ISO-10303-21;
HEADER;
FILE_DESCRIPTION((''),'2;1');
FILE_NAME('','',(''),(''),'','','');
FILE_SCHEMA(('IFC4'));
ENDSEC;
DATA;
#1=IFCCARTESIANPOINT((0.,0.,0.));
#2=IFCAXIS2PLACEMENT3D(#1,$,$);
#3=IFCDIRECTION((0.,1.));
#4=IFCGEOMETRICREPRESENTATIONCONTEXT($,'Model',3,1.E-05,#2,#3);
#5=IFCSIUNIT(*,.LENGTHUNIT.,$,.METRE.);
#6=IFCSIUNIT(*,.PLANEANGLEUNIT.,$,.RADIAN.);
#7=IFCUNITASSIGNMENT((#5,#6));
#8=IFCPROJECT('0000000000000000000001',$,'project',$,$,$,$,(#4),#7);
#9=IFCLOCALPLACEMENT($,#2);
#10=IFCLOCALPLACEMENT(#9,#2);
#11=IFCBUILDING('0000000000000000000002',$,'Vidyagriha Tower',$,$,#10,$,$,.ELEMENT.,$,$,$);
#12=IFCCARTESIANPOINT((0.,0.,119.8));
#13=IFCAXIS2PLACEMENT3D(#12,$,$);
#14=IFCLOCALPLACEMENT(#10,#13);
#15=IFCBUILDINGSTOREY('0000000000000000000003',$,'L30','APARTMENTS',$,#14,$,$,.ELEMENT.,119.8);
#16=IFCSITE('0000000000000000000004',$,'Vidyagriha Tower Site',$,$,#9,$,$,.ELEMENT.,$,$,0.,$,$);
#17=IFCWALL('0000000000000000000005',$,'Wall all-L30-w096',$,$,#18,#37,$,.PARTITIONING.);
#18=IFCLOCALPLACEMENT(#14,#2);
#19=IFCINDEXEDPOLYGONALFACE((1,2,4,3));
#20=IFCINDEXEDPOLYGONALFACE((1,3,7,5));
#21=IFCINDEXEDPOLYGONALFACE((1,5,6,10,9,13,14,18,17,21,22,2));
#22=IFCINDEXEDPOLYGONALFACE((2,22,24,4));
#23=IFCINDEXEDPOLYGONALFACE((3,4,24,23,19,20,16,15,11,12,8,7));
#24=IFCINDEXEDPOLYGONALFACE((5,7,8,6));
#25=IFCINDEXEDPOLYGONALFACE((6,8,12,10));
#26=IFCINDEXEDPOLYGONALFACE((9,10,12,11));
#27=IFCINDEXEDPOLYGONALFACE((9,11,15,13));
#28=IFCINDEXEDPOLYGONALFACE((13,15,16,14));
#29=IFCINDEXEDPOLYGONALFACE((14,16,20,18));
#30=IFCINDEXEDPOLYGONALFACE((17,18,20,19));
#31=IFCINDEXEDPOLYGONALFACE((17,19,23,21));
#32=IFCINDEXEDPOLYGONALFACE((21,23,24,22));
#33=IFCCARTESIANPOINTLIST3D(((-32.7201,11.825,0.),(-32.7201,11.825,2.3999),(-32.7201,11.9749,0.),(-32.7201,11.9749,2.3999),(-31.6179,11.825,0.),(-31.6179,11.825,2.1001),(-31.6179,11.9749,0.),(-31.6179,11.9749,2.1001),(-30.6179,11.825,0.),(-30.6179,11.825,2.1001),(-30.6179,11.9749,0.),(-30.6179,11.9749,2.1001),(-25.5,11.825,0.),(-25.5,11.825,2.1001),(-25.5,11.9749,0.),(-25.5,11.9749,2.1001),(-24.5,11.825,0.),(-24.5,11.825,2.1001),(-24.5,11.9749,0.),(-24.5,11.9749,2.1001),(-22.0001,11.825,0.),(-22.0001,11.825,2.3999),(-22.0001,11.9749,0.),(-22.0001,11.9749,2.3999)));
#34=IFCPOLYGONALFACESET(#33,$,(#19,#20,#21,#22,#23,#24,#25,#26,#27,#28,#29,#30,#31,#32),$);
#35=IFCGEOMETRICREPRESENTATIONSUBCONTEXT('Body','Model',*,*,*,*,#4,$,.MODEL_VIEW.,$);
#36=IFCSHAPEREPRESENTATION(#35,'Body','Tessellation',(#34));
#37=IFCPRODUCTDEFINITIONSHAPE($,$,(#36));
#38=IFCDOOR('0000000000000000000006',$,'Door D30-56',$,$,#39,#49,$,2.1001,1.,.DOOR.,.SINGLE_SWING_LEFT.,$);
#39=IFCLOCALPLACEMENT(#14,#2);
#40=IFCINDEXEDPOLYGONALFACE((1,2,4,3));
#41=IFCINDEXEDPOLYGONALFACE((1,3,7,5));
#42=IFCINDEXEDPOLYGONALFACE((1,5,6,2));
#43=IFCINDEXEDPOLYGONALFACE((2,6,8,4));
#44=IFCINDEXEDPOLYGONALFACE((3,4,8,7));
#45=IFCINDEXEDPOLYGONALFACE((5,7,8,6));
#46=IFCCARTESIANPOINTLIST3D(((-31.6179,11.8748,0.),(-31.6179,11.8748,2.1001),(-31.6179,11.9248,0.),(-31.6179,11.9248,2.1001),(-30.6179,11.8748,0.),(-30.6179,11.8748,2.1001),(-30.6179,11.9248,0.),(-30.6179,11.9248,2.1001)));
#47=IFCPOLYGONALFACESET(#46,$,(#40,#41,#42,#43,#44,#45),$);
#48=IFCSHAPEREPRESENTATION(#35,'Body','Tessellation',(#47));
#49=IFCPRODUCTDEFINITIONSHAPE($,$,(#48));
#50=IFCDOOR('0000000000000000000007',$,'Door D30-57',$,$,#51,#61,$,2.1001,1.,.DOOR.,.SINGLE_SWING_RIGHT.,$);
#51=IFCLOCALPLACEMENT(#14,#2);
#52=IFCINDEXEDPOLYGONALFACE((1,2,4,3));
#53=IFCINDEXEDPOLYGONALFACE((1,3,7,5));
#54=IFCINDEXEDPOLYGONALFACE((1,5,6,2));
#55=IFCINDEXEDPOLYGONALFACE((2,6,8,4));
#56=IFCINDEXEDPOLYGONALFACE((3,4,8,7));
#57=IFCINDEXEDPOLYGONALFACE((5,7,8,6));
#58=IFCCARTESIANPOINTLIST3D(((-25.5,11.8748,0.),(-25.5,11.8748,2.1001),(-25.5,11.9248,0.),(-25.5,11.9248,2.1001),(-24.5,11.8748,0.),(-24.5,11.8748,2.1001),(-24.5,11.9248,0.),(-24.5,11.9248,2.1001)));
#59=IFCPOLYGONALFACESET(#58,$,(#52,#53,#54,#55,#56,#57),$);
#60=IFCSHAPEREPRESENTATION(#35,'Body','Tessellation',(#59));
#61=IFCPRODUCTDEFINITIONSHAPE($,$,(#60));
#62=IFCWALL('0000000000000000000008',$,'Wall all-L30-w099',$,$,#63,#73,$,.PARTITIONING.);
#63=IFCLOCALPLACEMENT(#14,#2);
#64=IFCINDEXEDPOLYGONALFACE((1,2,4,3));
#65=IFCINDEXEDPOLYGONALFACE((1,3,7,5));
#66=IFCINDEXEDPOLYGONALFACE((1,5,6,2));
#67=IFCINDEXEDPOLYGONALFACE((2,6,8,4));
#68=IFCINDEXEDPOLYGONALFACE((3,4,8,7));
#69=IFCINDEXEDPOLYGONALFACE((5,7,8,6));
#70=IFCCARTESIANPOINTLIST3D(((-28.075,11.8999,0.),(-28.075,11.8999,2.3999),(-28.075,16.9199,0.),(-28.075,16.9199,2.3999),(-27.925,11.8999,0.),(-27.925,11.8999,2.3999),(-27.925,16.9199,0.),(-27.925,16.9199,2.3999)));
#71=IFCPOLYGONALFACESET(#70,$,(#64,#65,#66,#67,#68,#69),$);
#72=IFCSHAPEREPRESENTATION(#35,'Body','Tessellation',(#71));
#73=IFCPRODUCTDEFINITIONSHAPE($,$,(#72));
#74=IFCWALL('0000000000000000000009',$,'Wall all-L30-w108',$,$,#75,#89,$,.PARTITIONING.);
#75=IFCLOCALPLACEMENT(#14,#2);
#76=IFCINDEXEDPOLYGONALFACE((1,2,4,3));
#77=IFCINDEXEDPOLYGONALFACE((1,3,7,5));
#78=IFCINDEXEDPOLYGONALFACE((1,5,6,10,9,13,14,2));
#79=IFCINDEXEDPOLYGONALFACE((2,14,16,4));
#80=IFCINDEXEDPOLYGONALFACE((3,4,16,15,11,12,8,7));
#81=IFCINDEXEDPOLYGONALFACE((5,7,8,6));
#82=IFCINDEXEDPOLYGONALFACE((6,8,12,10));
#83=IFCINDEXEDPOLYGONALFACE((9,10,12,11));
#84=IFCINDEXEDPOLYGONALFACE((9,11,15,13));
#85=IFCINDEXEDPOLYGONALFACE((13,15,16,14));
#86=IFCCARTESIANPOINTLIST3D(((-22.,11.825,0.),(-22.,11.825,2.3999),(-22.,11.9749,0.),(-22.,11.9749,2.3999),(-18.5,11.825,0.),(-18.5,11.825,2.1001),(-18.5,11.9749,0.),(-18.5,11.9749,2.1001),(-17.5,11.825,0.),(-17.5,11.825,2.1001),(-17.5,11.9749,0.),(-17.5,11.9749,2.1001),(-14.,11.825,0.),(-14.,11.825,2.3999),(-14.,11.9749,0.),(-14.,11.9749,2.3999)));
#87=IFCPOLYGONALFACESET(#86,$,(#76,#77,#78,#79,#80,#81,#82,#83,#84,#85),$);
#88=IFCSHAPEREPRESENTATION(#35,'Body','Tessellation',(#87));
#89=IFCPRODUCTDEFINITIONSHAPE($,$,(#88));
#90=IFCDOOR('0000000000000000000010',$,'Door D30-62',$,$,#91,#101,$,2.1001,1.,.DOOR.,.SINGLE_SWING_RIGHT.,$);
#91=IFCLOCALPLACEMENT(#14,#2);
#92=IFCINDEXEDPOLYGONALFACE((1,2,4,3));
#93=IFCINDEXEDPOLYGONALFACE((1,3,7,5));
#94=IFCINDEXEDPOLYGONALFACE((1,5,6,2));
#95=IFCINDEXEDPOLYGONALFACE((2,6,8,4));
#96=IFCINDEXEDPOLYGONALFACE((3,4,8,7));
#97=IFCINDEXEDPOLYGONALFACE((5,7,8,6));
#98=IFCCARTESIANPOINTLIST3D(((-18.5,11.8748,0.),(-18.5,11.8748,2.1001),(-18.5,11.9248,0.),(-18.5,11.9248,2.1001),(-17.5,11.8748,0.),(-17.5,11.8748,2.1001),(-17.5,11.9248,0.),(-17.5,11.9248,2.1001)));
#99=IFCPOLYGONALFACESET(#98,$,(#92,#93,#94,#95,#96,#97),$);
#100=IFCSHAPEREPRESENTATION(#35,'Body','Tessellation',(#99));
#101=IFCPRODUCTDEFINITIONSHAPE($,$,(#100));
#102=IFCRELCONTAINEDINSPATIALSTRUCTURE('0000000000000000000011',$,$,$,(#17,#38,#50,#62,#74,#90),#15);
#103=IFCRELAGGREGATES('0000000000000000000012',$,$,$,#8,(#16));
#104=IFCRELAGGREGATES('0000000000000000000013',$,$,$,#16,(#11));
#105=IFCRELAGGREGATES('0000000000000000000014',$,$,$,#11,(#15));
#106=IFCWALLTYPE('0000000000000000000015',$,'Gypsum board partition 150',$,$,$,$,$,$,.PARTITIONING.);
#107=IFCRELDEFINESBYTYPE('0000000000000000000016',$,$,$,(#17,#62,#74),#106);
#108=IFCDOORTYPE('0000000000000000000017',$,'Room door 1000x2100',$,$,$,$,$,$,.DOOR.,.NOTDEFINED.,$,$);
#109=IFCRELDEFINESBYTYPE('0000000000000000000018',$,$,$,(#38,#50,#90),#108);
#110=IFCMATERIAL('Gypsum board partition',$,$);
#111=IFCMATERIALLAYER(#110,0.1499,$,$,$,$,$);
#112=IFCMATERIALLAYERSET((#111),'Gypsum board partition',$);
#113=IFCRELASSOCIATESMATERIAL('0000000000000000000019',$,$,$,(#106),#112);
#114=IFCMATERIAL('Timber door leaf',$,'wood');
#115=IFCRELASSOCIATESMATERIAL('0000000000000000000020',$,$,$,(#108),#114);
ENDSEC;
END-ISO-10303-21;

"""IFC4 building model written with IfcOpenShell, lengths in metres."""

from ifc_helpers import new_model, si_unit, direction, frame, frame_2d, origin, place, context, subcontext, project, spatial, rectangle, extrude, material, layer, layer_set, type_object, element, fill, save


model = new_model("IFC4")

# Units and contexts
model_context = context("Model", 3, precision=1e-05, world=origin(), true_north=direction((0.0, 1.0)))
body_context = subcontext(model_context, "Body", "Model", "MODEL_VIEW")
ifc_project = project(units=[si_unit("LENGTHUNIT", "METRE"), si_unit("PLANEANGLEUNIT", "RADIAN")], contexts=[model_context])

# Site, building, storey
site_placement = place(None, origin())
site = spatial("IfcSite", under=ifc_project, at=site_placement, Name="Vidyagriha Tower Site", CompositionType="ELEMENT", RefElevation=0.0)
building_placement = place(site_placement, origin())
building = spatial("IfcBuilding", under=site, at=building_placement, Name="Vidyagriha Tower", CompositionType="ELEMENT")
storey_placement = place(building_placement, frame((0.0, 0.0, 119.8)))
storey = spatial("IfcBuildingStorey", under=building, at=storey_placement, Name="L30", Description="APARTMENTS", CompositionType="ELEMENT", Elevation=119.8)

# Wall, openings, doors
ifc_material_1 = material(Name="Gypsum board partition")
ifc_layer_1 = layer(ifc_material_1, 0.1499)
ifc_layer_set_1 = layer_set([ifc_layer_1], Name="Gypsum board partition")
wall_type_1 = type_object("IfcWallType", Name="Gypsum board partition 150", PredefinedType="PARTITIONING", material=ifc_layer_set_1)
wall_1_placement = place(storey_placement, frame((-32.72, 11.8999, 0.0)))
wall_1 = element("IfcWall", 1, at=wall_1_placement, inside=storey, type_object=wall_type_1, Name="Wall all-L30-w096", PredefinedType="PARTITIONING", context=body_context, shape_type="SweptSolid", body=[
    extrude(rectangle(XDim=10.72, YDim=0.1499, at=frame_2d((5.3599, 0.0))), origin(), (0.0, 0.0, 1.0), 2.3999),
])
opening_1_placement = place(wall_1_placement, frame((1.1021, 0.0, 0.0)))
opening_1 = element("IfcOpeningElement", 2, at=opening_1_placement, cuts=wall_1, PredefinedType="OPENING", context=body_context, shape_type="SweptSolid", body=[
    extrude(rectangle(XDim=1.0, YDim=2.1001, at=frame_2d((0.5, 1.05))), frame((0.0, 0.085, 0.0), z_axis=(0.0, -1.0, 0.0), x_axis=(1.0, 0.0, 0.0)), (0.0, 0.0, 1.0), 0.1699),
])
opening_2_placement = place(wall_1_placement, frame((7.22, 0.0, 0.0)))
opening_2 = element("IfcOpeningElement", 3, at=opening_2_placement, cuts=wall_1, PredefinedType="OPENING", context=body_context, shape_type="SweptSolid", body=[
    extrude(rectangle(XDim=1.0, YDim=2.1001, at=frame_2d((0.5, 1.05))), frame((0.0, 0.085, 0.0), z_axis=(0.0, -1.0, 0.0), x_axis=(1.0, 0.0, 0.0)), (0.0, 0.0, 1.0), 0.1699),
])
ifc_material_2 = material(Name="Timber door leaf", Category="wood")
door_type = type_object("IfcDoorType", Name="Room door 1000x2100", OperationType="NOTDEFINED", PredefinedType="DOOR", material=ifc_material_2)
door_1_placement = place(opening_1_placement, origin())
door_1 = element("IfcDoor", 4, at=door_1_placement, inside=storey, type_object=door_type, Name="Door D30-56", OperationType="SINGLE_SWING_LEFT", OverallHeight=2.1001, OverallWidth=1.0, PredefinedType="DOOR", context=body_context, shape_type="SweptSolid", body=[
    extrude(rectangle(XDim=1.0, YDim=2.1001, at=frame_2d((0.5, 1.05))), frame((0.0, 0.0249, 0.0), z_axis=(0.0, -1.0, 0.0), x_axis=(1.0, 0.0, 0.0)), (0.0, 0.0, 1.0), 0.05),
])
fill(opening_1, door_1)
door_2_placement = place(opening_2_placement, origin())
door_2 = element("IfcDoor", 5, at=door_2_placement, inside=storey, type_object=door_type, Name="Door D30-57", OperationType="SINGLE_SWING_RIGHT", OverallHeight=2.1001, OverallWidth=1.0, PredefinedType="DOOR", context=body_context, shape_type="SweptSolid", body=[
    extrude(rectangle(XDim=1.0, YDim=2.1001, at=frame_2d((0.5, 1.05))), frame((0.0, 0.0249, 0.0), z_axis=(0.0, -1.0, 0.0), x_axis=(1.0, 0.0, 0.0)), (0.0, 0.0, 1.0), 0.05),
])
fill(opening_2, door_2)

# Wall
wall_2_placement = place(storey_placement, frame((-28.0, 16.9199, 0.0), z_axis=(0.0, 0.0, 1.0), x_axis=(0.0, -1.0, 0.0)))
element("IfcWall", 6, at=wall_2_placement, inside=storey, type_object=wall_type_1, Name="Wall all-L30-w099", PredefinedType="PARTITIONING", context=body_context, shape_type="SweptSolid", body=[
    extrude(rectangle(XDim=5.02, YDim=0.1499, at=frame_2d((2.51, 0.0))), origin(), (0.0, 0.0, 1.0), 2.3999),
])

# Wall, opening, door
wall_3_placement = place(storey_placement, frame((-22.0, 11.8999, 0.0)))
wall_3 = element("IfcWall", 7, at=wall_3_placement, inside=storey, type_object=wall_type_1, Name="Wall all-L30-w108", PredefinedType="PARTITIONING", context=body_context, shape_type="SweptSolid", body=[
    extrude(rectangle(XDim=8.0, YDim=0.1499, at=frame_2d((4.0, 0.0))), origin(), (0.0, 0.0, 1.0), 2.3999),
])
opening_3_placement = place(wall_3_placement, frame((3.5, 0.0, 0.0)))
opening_3 = element("IfcOpeningElement", 8, at=opening_3_placement, cuts=wall_3, PredefinedType="OPENING", context=body_context, shape_type="SweptSolid", body=[
    extrude(rectangle(XDim=1.0, YDim=2.1001, at=frame_2d((0.5, 1.05))), frame((0.0, 0.085, 0.0), z_axis=(0.0, -1.0, 0.0), x_axis=(1.0, 0.0, 0.0)), (0.0, 0.0, 1.0), 0.1699),
])
door_3_placement = place(opening_3_placement, origin())
door_3 = element("IfcDoor", 9, at=door_3_placement, inside=storey, type_object=door_type, Name="Door D30-62", OperationType="SINGLE_SWING_RIGHT", OverallHeight=2.1001, OverallWidth=1.0, PredefinedType="DOOR", context=body_context, shape_type="SweptSolid", body=[
    extrude(rectangle(XDim=1.0, YDim=2.1001, at=frame_2d((0.5, 1.05))), frame((0.0, 0.0249, 0.0), z_axis=(0.0, -1.0, 0.0), x_axis=(1.0, 0.0, 0.0)), (0.0, 0.0, 1.0), 0.05),
])
fill(opening_3, door_3)

save(model, "model.ifc")
